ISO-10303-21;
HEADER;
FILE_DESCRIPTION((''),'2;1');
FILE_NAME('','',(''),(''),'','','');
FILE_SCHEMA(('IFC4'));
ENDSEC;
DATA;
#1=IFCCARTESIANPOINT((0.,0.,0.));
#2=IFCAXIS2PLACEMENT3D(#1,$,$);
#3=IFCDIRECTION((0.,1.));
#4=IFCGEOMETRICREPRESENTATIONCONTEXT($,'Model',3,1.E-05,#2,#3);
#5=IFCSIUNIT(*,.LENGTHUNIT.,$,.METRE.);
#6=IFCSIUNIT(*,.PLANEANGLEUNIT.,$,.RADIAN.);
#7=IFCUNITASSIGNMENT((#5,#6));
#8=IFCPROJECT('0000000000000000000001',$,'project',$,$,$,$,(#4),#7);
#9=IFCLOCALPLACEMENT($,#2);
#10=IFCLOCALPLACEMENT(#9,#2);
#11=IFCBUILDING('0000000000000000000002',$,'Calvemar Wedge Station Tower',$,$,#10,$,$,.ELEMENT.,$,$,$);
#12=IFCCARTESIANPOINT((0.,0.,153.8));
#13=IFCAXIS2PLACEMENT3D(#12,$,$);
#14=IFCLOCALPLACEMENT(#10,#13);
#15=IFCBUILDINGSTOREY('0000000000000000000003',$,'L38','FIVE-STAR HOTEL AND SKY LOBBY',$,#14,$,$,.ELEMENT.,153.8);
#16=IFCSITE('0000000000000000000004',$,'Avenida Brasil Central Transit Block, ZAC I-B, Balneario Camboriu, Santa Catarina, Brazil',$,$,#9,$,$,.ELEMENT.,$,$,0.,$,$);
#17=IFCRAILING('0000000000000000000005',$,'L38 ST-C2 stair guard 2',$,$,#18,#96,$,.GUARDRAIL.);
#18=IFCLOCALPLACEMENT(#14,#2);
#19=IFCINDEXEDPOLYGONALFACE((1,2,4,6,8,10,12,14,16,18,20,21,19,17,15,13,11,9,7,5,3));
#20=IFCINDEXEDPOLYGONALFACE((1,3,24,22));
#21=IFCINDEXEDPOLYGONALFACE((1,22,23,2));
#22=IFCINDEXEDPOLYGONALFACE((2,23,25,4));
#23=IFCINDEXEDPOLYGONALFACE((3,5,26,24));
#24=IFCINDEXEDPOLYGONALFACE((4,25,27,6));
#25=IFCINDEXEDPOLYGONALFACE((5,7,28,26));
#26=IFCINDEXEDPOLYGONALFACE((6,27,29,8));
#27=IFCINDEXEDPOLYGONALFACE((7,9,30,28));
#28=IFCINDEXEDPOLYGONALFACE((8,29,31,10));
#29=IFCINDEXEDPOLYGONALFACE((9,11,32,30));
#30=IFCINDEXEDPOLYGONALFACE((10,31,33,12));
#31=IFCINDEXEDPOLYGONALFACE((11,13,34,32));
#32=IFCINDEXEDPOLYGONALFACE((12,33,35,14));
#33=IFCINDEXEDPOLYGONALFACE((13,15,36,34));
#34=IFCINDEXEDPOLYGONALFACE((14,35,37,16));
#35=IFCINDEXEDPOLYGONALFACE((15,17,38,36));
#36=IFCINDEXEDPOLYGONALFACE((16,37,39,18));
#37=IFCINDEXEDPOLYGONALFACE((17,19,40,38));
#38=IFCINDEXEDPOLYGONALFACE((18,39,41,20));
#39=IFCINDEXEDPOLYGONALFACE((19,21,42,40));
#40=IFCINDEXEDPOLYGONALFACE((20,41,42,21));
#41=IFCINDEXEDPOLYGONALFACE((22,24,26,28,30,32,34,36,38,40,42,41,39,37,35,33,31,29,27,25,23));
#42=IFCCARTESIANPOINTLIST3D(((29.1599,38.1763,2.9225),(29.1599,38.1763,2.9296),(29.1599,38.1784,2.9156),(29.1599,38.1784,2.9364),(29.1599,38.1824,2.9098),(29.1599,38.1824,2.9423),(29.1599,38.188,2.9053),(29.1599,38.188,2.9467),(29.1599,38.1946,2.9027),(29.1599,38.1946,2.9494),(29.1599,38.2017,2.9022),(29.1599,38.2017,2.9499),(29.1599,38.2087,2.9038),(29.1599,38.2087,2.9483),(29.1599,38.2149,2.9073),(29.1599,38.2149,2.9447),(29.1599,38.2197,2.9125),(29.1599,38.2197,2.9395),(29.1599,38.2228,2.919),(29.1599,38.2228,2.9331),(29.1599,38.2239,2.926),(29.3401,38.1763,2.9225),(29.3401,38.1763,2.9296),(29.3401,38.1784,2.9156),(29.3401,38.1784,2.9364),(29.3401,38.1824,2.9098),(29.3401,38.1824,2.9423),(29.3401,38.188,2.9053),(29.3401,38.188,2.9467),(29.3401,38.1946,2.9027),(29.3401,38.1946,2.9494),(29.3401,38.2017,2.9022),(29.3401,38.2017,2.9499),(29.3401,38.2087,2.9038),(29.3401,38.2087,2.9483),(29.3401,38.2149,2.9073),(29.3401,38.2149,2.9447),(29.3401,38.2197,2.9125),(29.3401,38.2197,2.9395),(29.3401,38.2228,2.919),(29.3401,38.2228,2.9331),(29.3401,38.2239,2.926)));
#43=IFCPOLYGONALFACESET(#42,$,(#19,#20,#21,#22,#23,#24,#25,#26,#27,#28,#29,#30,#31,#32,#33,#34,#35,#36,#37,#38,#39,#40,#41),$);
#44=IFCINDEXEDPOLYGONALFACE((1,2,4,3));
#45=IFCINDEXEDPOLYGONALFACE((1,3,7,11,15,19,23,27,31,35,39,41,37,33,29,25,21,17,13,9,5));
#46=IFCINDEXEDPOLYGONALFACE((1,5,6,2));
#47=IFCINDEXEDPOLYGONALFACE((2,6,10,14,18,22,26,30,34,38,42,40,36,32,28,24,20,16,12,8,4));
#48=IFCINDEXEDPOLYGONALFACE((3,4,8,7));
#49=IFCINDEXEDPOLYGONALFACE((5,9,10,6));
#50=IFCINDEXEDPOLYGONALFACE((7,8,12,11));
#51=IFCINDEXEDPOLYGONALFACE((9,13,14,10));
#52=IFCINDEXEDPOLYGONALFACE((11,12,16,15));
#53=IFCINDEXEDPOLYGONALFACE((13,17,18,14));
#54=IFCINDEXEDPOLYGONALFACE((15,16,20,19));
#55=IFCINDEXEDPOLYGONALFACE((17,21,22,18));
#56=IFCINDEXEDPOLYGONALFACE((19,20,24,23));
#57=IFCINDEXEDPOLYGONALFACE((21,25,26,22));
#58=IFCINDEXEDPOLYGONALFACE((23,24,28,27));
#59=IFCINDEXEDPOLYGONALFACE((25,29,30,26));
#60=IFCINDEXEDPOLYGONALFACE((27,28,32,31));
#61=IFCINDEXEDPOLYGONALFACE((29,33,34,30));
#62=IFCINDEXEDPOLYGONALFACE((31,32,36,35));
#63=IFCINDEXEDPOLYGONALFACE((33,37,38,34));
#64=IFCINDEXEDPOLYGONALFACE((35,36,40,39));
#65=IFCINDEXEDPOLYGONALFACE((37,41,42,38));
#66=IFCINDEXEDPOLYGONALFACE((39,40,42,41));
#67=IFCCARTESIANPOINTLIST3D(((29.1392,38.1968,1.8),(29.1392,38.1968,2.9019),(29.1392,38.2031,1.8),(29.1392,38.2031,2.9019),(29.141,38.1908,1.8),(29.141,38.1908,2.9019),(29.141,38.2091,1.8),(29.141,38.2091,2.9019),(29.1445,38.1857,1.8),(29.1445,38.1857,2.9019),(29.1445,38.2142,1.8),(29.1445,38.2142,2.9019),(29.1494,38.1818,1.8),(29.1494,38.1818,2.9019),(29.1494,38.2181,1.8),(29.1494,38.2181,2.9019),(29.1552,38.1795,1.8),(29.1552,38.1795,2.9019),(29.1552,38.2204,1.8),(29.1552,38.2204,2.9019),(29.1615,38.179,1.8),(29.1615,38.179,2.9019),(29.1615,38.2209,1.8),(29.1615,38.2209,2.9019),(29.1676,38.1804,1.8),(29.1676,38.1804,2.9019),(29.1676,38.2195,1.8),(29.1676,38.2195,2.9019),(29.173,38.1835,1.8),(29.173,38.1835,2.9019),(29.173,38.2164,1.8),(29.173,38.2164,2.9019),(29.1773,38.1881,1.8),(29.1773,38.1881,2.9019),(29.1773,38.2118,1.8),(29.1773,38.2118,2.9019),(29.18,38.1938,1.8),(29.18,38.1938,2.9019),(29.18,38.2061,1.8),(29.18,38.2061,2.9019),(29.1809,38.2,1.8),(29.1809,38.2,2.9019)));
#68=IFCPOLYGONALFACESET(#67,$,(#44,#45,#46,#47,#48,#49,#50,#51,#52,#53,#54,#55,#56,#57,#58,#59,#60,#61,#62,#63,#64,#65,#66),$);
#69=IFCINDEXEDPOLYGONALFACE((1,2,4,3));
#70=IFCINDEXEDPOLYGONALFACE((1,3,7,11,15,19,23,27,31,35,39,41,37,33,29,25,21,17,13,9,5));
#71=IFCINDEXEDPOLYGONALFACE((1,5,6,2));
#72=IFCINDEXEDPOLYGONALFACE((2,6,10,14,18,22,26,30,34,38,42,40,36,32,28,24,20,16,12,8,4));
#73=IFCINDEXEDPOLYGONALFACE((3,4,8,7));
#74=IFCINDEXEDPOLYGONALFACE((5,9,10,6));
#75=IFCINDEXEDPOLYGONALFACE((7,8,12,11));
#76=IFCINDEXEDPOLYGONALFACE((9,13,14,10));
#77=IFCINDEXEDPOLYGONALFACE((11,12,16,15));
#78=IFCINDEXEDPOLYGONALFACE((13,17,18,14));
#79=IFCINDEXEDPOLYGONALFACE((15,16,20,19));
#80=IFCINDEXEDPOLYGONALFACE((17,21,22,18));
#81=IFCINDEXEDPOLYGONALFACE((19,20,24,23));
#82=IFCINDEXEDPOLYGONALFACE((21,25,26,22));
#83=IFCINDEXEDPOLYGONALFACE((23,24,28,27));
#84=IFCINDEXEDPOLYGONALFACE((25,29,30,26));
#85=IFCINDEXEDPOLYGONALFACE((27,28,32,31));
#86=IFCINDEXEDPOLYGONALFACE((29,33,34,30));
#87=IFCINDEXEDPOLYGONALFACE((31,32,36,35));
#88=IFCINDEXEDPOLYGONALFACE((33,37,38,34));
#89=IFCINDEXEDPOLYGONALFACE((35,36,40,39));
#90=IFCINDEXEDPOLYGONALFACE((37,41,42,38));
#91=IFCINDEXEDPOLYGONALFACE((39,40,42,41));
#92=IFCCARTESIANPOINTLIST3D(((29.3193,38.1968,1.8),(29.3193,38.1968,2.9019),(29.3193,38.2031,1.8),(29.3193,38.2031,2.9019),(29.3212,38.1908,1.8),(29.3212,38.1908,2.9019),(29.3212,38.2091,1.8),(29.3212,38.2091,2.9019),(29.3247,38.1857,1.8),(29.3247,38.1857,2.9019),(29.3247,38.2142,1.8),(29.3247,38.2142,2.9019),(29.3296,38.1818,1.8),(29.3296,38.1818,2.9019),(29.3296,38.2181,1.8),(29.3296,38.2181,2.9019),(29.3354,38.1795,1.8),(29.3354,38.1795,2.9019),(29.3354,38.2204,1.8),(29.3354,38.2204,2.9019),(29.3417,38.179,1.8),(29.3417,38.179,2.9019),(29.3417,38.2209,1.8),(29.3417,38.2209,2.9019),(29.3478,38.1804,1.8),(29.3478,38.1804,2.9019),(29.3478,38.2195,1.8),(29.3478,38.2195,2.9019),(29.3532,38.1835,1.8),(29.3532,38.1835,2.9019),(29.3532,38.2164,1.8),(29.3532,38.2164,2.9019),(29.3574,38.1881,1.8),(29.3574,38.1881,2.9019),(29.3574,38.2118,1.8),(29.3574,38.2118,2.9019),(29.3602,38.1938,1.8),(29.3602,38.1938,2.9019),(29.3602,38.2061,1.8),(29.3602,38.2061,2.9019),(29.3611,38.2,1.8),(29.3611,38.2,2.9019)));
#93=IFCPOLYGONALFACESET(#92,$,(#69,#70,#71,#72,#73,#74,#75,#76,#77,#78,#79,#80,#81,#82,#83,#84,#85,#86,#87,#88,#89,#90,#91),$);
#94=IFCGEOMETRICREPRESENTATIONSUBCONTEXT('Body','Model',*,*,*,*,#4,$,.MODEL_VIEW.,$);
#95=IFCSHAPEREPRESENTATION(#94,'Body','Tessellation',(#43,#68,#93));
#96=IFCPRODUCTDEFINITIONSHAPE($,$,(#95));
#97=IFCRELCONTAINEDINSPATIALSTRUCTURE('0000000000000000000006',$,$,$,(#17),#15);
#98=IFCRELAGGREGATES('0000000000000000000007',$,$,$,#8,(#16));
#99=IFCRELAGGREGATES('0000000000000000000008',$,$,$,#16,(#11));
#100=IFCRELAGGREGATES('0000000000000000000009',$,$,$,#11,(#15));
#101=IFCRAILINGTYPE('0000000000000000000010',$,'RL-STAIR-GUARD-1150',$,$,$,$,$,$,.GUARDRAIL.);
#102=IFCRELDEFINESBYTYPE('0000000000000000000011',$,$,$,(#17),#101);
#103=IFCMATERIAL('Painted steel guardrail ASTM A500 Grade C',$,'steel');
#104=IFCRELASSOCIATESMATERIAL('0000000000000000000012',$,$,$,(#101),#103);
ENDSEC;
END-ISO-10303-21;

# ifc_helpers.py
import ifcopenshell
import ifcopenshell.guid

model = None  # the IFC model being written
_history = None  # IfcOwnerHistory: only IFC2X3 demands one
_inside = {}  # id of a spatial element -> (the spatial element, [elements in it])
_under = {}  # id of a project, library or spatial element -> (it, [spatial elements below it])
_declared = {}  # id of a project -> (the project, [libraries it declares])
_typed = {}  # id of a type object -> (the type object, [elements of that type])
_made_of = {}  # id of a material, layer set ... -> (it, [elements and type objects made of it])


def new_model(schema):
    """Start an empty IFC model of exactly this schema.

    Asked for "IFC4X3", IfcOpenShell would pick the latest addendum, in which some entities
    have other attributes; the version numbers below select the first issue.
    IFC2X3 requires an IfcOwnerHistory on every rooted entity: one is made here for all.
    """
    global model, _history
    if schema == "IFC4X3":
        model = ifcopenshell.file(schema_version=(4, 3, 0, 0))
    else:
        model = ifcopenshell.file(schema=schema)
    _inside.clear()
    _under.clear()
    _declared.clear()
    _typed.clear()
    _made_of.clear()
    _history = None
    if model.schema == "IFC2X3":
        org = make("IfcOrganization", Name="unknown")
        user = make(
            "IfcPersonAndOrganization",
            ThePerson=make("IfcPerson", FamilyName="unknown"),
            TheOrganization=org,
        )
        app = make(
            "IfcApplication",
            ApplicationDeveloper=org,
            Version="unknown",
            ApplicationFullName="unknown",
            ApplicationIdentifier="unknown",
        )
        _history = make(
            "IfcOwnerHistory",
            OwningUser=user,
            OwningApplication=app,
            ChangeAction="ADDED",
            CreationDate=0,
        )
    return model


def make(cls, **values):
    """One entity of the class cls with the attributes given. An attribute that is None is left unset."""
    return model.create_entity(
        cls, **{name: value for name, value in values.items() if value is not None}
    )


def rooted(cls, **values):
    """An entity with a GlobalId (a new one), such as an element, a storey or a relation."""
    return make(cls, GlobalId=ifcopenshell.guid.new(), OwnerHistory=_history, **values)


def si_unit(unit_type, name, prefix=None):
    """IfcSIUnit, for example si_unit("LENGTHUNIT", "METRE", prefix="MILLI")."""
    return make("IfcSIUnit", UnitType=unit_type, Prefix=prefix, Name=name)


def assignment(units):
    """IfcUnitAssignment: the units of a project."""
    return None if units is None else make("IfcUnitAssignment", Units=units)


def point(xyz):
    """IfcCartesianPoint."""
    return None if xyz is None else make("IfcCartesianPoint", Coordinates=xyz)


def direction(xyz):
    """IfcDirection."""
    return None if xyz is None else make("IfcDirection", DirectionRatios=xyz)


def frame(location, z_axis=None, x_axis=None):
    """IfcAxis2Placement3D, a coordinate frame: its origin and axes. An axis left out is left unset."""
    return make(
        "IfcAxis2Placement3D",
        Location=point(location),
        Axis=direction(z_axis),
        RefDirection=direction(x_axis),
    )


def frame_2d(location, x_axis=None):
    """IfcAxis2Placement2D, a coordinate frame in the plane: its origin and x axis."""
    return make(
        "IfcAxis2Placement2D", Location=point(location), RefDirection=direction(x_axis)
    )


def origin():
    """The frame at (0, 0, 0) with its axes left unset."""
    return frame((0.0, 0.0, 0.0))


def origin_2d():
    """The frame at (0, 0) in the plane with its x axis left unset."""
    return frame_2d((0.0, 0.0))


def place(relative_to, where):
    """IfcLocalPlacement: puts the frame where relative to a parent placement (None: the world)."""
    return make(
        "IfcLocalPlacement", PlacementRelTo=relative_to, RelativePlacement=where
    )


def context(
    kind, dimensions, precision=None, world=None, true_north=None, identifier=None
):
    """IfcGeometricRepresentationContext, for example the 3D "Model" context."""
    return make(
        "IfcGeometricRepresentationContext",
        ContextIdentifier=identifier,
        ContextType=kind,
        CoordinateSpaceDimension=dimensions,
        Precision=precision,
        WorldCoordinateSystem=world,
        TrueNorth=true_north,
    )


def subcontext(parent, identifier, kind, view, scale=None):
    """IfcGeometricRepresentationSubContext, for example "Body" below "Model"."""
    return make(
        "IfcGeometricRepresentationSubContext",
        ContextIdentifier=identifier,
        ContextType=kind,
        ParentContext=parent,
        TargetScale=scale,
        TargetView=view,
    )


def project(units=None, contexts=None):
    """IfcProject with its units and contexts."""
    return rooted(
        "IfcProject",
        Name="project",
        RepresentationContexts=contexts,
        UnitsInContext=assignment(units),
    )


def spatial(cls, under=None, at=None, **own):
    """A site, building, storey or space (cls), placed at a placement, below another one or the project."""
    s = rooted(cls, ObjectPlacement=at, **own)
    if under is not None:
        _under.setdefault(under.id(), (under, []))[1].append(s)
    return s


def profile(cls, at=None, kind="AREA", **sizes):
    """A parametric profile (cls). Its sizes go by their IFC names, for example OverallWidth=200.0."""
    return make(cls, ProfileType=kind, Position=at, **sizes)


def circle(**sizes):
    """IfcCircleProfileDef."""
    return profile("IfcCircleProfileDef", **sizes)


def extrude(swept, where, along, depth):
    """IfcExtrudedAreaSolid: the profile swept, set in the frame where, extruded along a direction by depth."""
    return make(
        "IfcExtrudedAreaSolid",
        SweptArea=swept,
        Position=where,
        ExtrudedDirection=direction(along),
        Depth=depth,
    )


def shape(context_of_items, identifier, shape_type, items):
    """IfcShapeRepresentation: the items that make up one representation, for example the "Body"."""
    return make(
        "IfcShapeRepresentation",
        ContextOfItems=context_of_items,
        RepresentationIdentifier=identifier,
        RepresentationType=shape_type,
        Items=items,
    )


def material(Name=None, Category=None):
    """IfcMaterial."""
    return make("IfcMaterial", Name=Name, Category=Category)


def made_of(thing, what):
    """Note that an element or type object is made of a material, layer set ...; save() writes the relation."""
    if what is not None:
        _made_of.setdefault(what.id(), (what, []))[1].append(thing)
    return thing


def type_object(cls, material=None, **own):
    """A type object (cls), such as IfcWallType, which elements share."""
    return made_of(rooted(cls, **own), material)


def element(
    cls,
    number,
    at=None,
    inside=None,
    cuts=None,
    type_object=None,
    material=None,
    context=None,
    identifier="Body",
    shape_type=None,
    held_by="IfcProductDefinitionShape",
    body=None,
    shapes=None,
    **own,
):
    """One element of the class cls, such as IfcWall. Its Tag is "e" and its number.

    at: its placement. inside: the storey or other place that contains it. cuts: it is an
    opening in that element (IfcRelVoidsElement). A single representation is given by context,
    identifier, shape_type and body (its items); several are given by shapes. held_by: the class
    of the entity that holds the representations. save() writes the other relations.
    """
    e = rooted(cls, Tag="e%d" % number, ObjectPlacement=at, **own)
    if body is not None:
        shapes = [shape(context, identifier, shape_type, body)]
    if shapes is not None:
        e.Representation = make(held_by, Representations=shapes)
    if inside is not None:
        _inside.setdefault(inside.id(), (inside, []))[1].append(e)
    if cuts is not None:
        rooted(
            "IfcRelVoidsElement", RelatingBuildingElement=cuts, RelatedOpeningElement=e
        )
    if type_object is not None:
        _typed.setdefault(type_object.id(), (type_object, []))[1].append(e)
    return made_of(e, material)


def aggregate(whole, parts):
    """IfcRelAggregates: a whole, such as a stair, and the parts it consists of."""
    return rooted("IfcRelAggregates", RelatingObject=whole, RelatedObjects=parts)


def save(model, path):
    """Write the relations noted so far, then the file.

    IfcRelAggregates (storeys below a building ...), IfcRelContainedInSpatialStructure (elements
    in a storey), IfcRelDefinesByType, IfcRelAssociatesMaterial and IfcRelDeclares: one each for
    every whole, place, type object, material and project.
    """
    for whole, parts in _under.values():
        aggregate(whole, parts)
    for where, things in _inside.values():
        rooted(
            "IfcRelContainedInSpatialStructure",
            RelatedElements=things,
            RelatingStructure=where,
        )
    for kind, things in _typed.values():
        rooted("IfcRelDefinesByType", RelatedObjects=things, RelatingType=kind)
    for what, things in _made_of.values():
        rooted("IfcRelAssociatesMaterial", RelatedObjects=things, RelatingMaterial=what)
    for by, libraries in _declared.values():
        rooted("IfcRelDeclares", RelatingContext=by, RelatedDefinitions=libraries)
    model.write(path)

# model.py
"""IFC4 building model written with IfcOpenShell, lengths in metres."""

from ifc_helpers import new_model, si_unit, direction, frame, origin, origin_2d, place, context, subcontext, project, spatial, circle, extrude, material, type_object, element, save


model = new_model("IFC4")

# Units and contexts
model_context = context("Model", 3, precision=1e-05, world=origin(), true_north=direction((0.0, 1.0)))
body_context = subcontext(model_context, "Body", "Model", "MODEL_VIEW")
ifc_project = project(units=[si_unit("LENGTHUNIT", "METRE"), si_unit("PLANEANGLEUNIT", "RADIAN")], contexts=[model_context])

# Site, building, storey
site_placement = place(None, origin())
site = spatial("IfcSite", under=ifc_project, at=site_placement, Name="Avenida Brasil Central Transit Block, ZAC I-B, Balneario Camboriu, Santa Catarina, Brazil", CompositionType="ELEMENT", RefElevation=0.0)
building_placement = place(site_placement, origin())
building = spatial("IfcBuilding", under=site, at=building_placement, Name="Calvemar Wedge Station Tower", CompositionType="ELEMENT")
storey_placement = place(building_placement, frame((0.0, 0.0, 153.8)))
storey = spatial("IfcBuildingStorey", under=building, at=storey_placement, Name="L38", Description="FIVE-STAR HOTEL AND SKY LOBBY", CompositionType="ELEMENT", Elevation=153.8)

# Railing
ifc_material_1 = material(Name="Painted steel guardrail ASTM A500 Grade C", Category="steel")
railing_type_1 = type_object("IfcRailingType", Name="RL-STAIR-GUARD-1150", PredefinedType="GUARDRAIL", material=ifc_material_1)
railing_1_placement = place(storey_placement, frame((29.1599, 38.2, 1.8)))
element("IfcRailing", 1, at=railing_1_placement, inside=storey, type_object=railing_type_1, Name="L38 ST-C2 stair guard 2", PredefinedType="GUARDRAIL", context=body_context, shape_type="SweptSolid", body=[
    extrude(circle(Radius=0.0239, at=origin_2d()), frame((0.0, 0.0, 1.126), z_axis=(1.0, 0.0, 0.0), x_axis=(0.0, 1.0, 0.0)), (0.0, 0.0, 1.0), 0.1802),
    extrude(circle(Radius=0.021, at=origin_2d()), origin(), (0.0, 0.0, 1.0), 1.1018),
    extrude(circle(Radius=0.021, at=origin_2d()), frame((0.1802, 0.0, 0.0)), (0.0, 0.0, 1.0), 1.1018),
])

save(model, "model.ifc")
